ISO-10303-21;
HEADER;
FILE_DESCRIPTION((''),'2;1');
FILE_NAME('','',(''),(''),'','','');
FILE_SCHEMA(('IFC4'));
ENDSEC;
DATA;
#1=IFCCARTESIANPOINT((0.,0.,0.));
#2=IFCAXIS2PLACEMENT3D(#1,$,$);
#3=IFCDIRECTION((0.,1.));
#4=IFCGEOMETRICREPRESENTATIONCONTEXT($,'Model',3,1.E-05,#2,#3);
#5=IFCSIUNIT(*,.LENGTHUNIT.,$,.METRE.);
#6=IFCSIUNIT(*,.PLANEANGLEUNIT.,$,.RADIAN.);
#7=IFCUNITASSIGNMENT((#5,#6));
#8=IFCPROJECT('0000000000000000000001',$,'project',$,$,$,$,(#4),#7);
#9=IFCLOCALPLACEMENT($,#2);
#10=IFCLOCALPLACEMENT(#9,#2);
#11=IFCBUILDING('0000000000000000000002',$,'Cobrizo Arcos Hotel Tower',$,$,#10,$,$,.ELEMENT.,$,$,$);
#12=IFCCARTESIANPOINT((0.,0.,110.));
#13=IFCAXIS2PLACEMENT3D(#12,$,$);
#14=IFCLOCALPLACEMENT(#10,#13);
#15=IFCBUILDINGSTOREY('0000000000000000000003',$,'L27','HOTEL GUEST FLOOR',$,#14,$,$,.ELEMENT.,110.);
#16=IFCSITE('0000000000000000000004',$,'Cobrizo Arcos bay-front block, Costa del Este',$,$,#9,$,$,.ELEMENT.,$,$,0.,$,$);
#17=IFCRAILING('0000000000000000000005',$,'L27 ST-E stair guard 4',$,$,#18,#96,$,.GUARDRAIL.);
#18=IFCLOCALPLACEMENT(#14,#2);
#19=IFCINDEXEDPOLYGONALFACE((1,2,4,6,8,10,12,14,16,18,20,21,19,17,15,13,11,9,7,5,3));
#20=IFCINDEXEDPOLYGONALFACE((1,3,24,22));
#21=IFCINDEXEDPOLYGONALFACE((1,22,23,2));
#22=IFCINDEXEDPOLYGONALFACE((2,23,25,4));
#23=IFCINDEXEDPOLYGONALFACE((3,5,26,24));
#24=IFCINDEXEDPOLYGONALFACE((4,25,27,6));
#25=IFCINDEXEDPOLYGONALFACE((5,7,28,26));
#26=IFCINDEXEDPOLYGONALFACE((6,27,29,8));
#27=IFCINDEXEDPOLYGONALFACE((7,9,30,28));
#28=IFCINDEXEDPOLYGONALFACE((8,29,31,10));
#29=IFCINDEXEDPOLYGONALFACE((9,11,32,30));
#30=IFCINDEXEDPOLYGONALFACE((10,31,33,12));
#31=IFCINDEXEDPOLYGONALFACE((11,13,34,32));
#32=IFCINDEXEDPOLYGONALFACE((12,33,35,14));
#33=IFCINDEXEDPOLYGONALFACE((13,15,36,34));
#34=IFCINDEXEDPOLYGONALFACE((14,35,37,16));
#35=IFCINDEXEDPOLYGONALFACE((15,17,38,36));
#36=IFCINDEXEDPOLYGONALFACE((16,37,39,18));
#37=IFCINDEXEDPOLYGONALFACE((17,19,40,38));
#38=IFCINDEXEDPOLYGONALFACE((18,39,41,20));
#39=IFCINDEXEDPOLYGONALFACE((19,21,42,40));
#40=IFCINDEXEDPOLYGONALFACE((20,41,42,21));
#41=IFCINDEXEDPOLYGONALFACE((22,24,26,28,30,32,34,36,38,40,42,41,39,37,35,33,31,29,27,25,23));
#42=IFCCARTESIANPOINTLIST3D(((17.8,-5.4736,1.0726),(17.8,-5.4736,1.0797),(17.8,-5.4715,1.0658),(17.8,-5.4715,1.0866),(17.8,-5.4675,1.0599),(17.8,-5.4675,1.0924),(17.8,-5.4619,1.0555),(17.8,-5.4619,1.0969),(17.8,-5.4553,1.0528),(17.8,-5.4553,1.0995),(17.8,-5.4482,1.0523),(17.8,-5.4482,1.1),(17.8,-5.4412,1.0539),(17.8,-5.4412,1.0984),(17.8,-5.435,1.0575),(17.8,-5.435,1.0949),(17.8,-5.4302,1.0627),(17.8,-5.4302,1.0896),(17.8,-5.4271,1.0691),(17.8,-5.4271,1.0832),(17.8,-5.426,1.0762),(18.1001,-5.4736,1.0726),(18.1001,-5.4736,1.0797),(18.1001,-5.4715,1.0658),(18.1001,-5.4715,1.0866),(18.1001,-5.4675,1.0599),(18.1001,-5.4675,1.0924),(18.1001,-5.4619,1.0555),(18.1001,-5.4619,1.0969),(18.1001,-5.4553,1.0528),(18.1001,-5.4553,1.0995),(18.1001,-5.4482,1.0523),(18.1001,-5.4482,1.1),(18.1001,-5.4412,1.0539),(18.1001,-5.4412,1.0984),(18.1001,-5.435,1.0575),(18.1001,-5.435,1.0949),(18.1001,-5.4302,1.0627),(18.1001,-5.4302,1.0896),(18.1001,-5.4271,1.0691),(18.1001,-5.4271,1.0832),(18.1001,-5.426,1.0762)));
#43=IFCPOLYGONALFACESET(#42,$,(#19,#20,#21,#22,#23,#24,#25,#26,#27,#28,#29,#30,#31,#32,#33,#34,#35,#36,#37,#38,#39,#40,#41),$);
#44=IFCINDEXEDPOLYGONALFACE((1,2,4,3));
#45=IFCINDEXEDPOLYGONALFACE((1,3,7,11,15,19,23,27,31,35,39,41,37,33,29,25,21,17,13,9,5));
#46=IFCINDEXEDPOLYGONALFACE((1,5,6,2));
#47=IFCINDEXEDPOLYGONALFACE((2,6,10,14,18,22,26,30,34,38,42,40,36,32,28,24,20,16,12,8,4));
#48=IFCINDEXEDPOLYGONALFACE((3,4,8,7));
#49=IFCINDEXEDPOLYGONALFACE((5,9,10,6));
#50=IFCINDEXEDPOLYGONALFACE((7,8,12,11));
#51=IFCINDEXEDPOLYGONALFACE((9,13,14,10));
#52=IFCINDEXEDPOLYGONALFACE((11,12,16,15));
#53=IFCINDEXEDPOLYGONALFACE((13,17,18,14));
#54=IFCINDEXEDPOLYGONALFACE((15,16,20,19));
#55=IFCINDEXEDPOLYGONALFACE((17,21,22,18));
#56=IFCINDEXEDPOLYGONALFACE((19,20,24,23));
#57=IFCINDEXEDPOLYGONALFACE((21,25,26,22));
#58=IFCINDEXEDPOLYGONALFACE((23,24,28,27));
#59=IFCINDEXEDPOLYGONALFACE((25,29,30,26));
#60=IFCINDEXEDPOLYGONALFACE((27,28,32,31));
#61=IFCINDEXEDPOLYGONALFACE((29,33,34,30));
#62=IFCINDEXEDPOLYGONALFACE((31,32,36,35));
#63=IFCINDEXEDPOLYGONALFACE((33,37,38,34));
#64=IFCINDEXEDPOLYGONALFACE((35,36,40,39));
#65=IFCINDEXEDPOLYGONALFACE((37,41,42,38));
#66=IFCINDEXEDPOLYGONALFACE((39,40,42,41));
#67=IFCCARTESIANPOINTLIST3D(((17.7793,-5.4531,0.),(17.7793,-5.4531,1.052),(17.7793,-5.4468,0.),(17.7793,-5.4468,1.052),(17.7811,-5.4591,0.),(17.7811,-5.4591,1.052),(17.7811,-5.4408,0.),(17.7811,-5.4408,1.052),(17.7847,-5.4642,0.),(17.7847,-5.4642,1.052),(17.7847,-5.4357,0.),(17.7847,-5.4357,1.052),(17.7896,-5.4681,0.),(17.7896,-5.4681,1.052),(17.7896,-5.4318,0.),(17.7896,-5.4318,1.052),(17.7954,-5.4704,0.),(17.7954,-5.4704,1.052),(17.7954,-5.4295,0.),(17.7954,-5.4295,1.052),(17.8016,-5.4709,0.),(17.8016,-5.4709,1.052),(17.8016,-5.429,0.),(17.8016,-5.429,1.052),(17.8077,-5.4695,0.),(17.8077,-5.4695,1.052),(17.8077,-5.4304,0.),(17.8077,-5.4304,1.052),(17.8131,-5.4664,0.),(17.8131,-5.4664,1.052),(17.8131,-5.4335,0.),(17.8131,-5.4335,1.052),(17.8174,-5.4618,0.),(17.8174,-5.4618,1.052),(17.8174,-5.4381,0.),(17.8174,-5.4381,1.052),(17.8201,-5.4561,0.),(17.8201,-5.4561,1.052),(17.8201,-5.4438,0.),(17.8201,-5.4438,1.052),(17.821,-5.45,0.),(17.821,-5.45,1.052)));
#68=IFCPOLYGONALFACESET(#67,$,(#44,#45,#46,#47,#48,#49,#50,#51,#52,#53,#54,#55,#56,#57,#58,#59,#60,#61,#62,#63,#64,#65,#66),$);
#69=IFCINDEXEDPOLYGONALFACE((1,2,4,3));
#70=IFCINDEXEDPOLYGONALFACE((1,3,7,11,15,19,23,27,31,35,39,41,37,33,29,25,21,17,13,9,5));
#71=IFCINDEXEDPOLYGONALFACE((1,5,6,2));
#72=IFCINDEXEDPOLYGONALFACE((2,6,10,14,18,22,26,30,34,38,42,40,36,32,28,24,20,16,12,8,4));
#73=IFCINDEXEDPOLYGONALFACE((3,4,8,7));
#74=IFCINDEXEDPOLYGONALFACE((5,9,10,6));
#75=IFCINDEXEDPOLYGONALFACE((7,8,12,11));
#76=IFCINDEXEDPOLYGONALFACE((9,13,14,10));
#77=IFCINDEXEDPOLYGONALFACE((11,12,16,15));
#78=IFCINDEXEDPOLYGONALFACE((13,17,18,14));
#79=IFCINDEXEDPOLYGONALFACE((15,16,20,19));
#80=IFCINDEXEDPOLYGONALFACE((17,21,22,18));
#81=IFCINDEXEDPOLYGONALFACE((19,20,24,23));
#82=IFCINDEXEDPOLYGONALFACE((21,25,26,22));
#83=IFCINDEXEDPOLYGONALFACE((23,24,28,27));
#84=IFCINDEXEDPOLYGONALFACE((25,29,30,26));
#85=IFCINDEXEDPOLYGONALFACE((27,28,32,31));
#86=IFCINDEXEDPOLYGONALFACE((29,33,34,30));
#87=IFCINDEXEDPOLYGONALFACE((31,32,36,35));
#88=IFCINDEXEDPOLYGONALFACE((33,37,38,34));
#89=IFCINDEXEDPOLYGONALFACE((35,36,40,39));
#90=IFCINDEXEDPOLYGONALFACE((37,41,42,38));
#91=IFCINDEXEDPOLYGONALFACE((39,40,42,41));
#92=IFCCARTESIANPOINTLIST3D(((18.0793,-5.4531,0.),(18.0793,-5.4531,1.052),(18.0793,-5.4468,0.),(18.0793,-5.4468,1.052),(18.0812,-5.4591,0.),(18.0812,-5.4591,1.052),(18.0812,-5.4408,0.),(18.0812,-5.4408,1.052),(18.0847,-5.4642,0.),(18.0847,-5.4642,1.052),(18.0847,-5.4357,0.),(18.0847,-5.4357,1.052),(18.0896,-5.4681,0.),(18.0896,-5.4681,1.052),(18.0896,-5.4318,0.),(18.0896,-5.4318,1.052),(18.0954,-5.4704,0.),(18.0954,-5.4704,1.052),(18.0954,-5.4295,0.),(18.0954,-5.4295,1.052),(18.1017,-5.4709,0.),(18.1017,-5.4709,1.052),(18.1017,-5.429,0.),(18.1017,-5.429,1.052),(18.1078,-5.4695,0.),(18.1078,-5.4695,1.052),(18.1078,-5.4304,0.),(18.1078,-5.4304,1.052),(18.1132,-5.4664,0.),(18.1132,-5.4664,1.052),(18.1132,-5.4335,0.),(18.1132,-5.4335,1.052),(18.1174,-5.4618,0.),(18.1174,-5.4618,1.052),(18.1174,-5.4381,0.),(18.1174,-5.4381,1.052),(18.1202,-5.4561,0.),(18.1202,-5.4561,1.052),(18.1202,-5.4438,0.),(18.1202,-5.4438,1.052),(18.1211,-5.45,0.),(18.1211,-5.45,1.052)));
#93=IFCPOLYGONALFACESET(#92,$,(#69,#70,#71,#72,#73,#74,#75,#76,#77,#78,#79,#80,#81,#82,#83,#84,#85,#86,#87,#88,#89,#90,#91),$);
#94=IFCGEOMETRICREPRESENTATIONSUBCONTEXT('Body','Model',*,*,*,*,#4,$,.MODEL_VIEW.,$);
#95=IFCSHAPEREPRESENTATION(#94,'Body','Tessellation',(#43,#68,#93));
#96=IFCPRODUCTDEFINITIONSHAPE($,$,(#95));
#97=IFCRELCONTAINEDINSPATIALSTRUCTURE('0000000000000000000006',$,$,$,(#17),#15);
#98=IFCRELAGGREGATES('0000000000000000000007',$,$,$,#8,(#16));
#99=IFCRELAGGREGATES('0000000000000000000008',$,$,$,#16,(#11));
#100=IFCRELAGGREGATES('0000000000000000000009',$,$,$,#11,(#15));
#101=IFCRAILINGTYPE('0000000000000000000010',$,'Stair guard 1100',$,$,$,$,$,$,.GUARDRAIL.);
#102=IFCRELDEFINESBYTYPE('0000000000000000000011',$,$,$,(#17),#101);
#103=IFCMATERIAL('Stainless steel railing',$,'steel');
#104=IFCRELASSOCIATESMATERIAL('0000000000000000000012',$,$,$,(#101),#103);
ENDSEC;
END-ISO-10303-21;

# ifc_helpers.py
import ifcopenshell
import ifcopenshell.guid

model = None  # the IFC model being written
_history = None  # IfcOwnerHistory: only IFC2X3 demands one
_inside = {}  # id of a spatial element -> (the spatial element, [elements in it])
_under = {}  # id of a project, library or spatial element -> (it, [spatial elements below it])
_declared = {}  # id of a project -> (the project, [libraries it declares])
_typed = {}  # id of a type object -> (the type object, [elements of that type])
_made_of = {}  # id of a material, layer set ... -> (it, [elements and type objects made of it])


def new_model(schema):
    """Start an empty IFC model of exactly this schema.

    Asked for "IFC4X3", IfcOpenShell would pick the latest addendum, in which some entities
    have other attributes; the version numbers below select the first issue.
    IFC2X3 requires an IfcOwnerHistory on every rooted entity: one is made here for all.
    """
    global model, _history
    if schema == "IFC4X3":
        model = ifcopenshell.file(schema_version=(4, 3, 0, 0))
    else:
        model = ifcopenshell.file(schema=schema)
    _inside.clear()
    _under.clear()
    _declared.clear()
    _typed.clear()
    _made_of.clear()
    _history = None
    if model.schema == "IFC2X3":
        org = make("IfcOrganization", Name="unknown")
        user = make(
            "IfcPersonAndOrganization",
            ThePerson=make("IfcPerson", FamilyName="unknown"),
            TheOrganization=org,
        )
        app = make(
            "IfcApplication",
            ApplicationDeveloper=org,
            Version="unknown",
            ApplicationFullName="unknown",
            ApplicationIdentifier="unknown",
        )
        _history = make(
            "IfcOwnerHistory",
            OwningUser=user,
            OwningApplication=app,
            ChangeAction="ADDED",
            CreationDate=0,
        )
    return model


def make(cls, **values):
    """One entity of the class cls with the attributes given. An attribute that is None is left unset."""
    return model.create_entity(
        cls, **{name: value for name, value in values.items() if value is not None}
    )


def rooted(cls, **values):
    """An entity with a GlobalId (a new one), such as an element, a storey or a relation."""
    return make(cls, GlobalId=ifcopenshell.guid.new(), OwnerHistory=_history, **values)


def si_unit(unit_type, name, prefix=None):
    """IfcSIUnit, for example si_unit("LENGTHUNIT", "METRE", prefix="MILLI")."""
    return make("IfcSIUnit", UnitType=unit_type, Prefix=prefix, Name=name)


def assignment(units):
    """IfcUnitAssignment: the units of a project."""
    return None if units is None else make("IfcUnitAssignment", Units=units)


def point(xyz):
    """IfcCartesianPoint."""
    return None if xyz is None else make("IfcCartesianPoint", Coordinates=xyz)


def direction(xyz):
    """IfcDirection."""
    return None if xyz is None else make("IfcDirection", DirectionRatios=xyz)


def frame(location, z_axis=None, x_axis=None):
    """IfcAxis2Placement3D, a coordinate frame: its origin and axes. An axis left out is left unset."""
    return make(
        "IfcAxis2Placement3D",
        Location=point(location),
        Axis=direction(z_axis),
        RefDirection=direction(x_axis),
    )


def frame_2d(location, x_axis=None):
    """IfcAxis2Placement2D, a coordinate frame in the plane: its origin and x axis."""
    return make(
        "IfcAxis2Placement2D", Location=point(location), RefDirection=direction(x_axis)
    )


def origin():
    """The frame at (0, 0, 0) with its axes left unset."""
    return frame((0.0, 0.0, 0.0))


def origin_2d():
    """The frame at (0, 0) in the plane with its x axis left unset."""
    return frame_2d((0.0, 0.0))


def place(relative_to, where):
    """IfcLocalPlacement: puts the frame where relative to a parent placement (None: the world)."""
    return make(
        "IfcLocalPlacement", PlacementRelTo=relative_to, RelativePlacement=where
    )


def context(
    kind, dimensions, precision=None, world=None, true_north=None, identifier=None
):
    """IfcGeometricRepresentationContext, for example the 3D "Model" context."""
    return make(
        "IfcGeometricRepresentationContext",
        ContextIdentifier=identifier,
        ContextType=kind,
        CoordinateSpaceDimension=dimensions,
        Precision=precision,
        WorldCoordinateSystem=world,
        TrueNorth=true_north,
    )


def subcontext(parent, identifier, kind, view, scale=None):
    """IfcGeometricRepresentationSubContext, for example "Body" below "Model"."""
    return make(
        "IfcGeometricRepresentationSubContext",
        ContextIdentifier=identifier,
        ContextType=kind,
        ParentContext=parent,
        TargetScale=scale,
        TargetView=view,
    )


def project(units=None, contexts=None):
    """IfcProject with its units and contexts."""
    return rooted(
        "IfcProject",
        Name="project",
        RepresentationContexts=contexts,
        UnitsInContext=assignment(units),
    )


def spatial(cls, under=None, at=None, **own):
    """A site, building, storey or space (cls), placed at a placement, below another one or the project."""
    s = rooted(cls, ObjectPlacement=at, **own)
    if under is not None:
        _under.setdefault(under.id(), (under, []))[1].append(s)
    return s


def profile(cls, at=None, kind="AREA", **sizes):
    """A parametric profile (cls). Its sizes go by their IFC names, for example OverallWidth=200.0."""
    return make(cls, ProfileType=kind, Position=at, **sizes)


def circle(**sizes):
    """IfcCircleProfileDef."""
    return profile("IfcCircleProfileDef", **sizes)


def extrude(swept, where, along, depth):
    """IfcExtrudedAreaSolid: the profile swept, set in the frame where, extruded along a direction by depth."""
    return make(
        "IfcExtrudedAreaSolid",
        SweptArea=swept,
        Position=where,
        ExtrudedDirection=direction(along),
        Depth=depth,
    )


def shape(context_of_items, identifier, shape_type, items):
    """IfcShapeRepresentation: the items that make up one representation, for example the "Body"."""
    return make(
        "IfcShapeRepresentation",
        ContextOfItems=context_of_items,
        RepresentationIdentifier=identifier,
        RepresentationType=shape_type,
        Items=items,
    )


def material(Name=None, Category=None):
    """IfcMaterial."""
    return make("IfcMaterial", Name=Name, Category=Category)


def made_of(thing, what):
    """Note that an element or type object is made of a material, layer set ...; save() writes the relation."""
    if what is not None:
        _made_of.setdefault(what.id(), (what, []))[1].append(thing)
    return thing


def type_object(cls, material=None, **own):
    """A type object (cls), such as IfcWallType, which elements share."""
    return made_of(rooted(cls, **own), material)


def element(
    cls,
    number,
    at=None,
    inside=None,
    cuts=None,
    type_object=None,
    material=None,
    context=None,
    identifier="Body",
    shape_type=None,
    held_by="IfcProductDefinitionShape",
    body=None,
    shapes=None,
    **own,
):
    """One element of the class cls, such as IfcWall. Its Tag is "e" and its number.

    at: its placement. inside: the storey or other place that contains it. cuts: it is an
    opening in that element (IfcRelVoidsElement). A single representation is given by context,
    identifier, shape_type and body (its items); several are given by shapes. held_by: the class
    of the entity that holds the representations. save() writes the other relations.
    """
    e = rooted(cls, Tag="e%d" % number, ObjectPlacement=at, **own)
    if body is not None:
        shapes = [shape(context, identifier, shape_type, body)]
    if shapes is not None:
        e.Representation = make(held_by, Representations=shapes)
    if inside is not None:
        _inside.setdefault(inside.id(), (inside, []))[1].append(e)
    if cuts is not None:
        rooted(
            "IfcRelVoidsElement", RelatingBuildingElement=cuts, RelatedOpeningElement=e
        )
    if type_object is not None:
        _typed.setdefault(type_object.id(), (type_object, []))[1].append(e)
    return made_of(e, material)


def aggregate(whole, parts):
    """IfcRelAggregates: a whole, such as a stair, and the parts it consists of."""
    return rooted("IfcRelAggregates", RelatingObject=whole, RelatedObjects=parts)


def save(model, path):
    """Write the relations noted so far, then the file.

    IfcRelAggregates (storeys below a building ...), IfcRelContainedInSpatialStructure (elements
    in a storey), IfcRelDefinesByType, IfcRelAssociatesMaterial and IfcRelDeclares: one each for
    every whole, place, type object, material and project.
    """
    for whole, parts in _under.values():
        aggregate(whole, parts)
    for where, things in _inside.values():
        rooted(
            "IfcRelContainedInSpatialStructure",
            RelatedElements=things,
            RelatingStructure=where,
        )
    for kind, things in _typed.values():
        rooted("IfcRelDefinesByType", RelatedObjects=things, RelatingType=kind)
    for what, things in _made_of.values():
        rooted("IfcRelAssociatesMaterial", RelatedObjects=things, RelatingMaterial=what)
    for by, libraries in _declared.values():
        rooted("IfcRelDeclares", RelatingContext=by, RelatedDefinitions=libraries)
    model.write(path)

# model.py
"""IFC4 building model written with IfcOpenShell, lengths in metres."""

from ifc_helpers import new_model, si_unit, direction, frame, origin, origin_2d, place, context, subcontext, project, spatial, circle, extrude, material, type_object, element, save


model = new_model("IFC4")

# Units and contexts
model_context = context("Model", 3, precision=1e-05, world=origin(), true_north=direction((0.0, 1.0)))
body_context = subcontext(model_context, "Body", "Model", "MODEL_VIEW")
ifc_project = project(units=[si_unit("LENGTHUNIT", "METRE"), si_unit("PLANEANGLEUNIT", "RADIAN")], contexts=[model_context])

# Site, building, storey
site_placement = place(None, origin())
site = spatial("IfcSite", under=ifc_project, at=site_placement, Name="Cobrizo Arcos bay-front block, Costa del Este", CompositionType="ELEMENT", RefElevation=0.0)
building_placement = place(site_placement, origin())
building = spatial("IfcBuilding", under=site, at=building_placement, Name="Cobrizo Arcos Hotel Tower", CompositionType="ELEMENT")
storey_placement = place(building_placement, frame((0.0, 0.0, 110.0)))
storey = spatial("IfcBuildingStorey", under=building, at=storey_placement, Name="L27", Description="HOTEL GUEST FLOOR", CompositionType="ELEMENT", Elevation=110.0)

# Railing
ifc_material_1 = material(Name="Stainless steel railing", Category="steel")
railing_type_1 = type_object("IfcRailingType", Name="Stair guard 1100", PredefinedType="GUARDRAIL", material=ifc_material_1)
railing_1_placement = place(storey_placement, frame((17.8, -5.45, 0.0)))
element("IfcRailing", 1, at=railing_1_placement, inside=storey, type_object=railing_type_1, Name="L27 ST-E stair guard 4", PredefinedType="GUARDRAIL", context=body_context, shape_type="SweptSolid", body=[
    extrude(circle(Radius=0.0239, at=origin_2d()), frame((0.0, 0.0, 1.0762), z_axis=(1.0, 0.0, 0.0), x_axis=(0.0, 1.0, 0.0)), (0.0, 0.0, 1.0), 0.3),
    extrude(circle(Radius=0.021, at=origin_2d()), origin(), (0.0, 0.0, 1.0), 1.052),
    extrude(circle(Radius=0.021, at=origin_2d()), frame((0.3, 0.0, 0.0)), (0.0, 0.0, 1.0), 1.052),
])

save(model, "model.ifc")
